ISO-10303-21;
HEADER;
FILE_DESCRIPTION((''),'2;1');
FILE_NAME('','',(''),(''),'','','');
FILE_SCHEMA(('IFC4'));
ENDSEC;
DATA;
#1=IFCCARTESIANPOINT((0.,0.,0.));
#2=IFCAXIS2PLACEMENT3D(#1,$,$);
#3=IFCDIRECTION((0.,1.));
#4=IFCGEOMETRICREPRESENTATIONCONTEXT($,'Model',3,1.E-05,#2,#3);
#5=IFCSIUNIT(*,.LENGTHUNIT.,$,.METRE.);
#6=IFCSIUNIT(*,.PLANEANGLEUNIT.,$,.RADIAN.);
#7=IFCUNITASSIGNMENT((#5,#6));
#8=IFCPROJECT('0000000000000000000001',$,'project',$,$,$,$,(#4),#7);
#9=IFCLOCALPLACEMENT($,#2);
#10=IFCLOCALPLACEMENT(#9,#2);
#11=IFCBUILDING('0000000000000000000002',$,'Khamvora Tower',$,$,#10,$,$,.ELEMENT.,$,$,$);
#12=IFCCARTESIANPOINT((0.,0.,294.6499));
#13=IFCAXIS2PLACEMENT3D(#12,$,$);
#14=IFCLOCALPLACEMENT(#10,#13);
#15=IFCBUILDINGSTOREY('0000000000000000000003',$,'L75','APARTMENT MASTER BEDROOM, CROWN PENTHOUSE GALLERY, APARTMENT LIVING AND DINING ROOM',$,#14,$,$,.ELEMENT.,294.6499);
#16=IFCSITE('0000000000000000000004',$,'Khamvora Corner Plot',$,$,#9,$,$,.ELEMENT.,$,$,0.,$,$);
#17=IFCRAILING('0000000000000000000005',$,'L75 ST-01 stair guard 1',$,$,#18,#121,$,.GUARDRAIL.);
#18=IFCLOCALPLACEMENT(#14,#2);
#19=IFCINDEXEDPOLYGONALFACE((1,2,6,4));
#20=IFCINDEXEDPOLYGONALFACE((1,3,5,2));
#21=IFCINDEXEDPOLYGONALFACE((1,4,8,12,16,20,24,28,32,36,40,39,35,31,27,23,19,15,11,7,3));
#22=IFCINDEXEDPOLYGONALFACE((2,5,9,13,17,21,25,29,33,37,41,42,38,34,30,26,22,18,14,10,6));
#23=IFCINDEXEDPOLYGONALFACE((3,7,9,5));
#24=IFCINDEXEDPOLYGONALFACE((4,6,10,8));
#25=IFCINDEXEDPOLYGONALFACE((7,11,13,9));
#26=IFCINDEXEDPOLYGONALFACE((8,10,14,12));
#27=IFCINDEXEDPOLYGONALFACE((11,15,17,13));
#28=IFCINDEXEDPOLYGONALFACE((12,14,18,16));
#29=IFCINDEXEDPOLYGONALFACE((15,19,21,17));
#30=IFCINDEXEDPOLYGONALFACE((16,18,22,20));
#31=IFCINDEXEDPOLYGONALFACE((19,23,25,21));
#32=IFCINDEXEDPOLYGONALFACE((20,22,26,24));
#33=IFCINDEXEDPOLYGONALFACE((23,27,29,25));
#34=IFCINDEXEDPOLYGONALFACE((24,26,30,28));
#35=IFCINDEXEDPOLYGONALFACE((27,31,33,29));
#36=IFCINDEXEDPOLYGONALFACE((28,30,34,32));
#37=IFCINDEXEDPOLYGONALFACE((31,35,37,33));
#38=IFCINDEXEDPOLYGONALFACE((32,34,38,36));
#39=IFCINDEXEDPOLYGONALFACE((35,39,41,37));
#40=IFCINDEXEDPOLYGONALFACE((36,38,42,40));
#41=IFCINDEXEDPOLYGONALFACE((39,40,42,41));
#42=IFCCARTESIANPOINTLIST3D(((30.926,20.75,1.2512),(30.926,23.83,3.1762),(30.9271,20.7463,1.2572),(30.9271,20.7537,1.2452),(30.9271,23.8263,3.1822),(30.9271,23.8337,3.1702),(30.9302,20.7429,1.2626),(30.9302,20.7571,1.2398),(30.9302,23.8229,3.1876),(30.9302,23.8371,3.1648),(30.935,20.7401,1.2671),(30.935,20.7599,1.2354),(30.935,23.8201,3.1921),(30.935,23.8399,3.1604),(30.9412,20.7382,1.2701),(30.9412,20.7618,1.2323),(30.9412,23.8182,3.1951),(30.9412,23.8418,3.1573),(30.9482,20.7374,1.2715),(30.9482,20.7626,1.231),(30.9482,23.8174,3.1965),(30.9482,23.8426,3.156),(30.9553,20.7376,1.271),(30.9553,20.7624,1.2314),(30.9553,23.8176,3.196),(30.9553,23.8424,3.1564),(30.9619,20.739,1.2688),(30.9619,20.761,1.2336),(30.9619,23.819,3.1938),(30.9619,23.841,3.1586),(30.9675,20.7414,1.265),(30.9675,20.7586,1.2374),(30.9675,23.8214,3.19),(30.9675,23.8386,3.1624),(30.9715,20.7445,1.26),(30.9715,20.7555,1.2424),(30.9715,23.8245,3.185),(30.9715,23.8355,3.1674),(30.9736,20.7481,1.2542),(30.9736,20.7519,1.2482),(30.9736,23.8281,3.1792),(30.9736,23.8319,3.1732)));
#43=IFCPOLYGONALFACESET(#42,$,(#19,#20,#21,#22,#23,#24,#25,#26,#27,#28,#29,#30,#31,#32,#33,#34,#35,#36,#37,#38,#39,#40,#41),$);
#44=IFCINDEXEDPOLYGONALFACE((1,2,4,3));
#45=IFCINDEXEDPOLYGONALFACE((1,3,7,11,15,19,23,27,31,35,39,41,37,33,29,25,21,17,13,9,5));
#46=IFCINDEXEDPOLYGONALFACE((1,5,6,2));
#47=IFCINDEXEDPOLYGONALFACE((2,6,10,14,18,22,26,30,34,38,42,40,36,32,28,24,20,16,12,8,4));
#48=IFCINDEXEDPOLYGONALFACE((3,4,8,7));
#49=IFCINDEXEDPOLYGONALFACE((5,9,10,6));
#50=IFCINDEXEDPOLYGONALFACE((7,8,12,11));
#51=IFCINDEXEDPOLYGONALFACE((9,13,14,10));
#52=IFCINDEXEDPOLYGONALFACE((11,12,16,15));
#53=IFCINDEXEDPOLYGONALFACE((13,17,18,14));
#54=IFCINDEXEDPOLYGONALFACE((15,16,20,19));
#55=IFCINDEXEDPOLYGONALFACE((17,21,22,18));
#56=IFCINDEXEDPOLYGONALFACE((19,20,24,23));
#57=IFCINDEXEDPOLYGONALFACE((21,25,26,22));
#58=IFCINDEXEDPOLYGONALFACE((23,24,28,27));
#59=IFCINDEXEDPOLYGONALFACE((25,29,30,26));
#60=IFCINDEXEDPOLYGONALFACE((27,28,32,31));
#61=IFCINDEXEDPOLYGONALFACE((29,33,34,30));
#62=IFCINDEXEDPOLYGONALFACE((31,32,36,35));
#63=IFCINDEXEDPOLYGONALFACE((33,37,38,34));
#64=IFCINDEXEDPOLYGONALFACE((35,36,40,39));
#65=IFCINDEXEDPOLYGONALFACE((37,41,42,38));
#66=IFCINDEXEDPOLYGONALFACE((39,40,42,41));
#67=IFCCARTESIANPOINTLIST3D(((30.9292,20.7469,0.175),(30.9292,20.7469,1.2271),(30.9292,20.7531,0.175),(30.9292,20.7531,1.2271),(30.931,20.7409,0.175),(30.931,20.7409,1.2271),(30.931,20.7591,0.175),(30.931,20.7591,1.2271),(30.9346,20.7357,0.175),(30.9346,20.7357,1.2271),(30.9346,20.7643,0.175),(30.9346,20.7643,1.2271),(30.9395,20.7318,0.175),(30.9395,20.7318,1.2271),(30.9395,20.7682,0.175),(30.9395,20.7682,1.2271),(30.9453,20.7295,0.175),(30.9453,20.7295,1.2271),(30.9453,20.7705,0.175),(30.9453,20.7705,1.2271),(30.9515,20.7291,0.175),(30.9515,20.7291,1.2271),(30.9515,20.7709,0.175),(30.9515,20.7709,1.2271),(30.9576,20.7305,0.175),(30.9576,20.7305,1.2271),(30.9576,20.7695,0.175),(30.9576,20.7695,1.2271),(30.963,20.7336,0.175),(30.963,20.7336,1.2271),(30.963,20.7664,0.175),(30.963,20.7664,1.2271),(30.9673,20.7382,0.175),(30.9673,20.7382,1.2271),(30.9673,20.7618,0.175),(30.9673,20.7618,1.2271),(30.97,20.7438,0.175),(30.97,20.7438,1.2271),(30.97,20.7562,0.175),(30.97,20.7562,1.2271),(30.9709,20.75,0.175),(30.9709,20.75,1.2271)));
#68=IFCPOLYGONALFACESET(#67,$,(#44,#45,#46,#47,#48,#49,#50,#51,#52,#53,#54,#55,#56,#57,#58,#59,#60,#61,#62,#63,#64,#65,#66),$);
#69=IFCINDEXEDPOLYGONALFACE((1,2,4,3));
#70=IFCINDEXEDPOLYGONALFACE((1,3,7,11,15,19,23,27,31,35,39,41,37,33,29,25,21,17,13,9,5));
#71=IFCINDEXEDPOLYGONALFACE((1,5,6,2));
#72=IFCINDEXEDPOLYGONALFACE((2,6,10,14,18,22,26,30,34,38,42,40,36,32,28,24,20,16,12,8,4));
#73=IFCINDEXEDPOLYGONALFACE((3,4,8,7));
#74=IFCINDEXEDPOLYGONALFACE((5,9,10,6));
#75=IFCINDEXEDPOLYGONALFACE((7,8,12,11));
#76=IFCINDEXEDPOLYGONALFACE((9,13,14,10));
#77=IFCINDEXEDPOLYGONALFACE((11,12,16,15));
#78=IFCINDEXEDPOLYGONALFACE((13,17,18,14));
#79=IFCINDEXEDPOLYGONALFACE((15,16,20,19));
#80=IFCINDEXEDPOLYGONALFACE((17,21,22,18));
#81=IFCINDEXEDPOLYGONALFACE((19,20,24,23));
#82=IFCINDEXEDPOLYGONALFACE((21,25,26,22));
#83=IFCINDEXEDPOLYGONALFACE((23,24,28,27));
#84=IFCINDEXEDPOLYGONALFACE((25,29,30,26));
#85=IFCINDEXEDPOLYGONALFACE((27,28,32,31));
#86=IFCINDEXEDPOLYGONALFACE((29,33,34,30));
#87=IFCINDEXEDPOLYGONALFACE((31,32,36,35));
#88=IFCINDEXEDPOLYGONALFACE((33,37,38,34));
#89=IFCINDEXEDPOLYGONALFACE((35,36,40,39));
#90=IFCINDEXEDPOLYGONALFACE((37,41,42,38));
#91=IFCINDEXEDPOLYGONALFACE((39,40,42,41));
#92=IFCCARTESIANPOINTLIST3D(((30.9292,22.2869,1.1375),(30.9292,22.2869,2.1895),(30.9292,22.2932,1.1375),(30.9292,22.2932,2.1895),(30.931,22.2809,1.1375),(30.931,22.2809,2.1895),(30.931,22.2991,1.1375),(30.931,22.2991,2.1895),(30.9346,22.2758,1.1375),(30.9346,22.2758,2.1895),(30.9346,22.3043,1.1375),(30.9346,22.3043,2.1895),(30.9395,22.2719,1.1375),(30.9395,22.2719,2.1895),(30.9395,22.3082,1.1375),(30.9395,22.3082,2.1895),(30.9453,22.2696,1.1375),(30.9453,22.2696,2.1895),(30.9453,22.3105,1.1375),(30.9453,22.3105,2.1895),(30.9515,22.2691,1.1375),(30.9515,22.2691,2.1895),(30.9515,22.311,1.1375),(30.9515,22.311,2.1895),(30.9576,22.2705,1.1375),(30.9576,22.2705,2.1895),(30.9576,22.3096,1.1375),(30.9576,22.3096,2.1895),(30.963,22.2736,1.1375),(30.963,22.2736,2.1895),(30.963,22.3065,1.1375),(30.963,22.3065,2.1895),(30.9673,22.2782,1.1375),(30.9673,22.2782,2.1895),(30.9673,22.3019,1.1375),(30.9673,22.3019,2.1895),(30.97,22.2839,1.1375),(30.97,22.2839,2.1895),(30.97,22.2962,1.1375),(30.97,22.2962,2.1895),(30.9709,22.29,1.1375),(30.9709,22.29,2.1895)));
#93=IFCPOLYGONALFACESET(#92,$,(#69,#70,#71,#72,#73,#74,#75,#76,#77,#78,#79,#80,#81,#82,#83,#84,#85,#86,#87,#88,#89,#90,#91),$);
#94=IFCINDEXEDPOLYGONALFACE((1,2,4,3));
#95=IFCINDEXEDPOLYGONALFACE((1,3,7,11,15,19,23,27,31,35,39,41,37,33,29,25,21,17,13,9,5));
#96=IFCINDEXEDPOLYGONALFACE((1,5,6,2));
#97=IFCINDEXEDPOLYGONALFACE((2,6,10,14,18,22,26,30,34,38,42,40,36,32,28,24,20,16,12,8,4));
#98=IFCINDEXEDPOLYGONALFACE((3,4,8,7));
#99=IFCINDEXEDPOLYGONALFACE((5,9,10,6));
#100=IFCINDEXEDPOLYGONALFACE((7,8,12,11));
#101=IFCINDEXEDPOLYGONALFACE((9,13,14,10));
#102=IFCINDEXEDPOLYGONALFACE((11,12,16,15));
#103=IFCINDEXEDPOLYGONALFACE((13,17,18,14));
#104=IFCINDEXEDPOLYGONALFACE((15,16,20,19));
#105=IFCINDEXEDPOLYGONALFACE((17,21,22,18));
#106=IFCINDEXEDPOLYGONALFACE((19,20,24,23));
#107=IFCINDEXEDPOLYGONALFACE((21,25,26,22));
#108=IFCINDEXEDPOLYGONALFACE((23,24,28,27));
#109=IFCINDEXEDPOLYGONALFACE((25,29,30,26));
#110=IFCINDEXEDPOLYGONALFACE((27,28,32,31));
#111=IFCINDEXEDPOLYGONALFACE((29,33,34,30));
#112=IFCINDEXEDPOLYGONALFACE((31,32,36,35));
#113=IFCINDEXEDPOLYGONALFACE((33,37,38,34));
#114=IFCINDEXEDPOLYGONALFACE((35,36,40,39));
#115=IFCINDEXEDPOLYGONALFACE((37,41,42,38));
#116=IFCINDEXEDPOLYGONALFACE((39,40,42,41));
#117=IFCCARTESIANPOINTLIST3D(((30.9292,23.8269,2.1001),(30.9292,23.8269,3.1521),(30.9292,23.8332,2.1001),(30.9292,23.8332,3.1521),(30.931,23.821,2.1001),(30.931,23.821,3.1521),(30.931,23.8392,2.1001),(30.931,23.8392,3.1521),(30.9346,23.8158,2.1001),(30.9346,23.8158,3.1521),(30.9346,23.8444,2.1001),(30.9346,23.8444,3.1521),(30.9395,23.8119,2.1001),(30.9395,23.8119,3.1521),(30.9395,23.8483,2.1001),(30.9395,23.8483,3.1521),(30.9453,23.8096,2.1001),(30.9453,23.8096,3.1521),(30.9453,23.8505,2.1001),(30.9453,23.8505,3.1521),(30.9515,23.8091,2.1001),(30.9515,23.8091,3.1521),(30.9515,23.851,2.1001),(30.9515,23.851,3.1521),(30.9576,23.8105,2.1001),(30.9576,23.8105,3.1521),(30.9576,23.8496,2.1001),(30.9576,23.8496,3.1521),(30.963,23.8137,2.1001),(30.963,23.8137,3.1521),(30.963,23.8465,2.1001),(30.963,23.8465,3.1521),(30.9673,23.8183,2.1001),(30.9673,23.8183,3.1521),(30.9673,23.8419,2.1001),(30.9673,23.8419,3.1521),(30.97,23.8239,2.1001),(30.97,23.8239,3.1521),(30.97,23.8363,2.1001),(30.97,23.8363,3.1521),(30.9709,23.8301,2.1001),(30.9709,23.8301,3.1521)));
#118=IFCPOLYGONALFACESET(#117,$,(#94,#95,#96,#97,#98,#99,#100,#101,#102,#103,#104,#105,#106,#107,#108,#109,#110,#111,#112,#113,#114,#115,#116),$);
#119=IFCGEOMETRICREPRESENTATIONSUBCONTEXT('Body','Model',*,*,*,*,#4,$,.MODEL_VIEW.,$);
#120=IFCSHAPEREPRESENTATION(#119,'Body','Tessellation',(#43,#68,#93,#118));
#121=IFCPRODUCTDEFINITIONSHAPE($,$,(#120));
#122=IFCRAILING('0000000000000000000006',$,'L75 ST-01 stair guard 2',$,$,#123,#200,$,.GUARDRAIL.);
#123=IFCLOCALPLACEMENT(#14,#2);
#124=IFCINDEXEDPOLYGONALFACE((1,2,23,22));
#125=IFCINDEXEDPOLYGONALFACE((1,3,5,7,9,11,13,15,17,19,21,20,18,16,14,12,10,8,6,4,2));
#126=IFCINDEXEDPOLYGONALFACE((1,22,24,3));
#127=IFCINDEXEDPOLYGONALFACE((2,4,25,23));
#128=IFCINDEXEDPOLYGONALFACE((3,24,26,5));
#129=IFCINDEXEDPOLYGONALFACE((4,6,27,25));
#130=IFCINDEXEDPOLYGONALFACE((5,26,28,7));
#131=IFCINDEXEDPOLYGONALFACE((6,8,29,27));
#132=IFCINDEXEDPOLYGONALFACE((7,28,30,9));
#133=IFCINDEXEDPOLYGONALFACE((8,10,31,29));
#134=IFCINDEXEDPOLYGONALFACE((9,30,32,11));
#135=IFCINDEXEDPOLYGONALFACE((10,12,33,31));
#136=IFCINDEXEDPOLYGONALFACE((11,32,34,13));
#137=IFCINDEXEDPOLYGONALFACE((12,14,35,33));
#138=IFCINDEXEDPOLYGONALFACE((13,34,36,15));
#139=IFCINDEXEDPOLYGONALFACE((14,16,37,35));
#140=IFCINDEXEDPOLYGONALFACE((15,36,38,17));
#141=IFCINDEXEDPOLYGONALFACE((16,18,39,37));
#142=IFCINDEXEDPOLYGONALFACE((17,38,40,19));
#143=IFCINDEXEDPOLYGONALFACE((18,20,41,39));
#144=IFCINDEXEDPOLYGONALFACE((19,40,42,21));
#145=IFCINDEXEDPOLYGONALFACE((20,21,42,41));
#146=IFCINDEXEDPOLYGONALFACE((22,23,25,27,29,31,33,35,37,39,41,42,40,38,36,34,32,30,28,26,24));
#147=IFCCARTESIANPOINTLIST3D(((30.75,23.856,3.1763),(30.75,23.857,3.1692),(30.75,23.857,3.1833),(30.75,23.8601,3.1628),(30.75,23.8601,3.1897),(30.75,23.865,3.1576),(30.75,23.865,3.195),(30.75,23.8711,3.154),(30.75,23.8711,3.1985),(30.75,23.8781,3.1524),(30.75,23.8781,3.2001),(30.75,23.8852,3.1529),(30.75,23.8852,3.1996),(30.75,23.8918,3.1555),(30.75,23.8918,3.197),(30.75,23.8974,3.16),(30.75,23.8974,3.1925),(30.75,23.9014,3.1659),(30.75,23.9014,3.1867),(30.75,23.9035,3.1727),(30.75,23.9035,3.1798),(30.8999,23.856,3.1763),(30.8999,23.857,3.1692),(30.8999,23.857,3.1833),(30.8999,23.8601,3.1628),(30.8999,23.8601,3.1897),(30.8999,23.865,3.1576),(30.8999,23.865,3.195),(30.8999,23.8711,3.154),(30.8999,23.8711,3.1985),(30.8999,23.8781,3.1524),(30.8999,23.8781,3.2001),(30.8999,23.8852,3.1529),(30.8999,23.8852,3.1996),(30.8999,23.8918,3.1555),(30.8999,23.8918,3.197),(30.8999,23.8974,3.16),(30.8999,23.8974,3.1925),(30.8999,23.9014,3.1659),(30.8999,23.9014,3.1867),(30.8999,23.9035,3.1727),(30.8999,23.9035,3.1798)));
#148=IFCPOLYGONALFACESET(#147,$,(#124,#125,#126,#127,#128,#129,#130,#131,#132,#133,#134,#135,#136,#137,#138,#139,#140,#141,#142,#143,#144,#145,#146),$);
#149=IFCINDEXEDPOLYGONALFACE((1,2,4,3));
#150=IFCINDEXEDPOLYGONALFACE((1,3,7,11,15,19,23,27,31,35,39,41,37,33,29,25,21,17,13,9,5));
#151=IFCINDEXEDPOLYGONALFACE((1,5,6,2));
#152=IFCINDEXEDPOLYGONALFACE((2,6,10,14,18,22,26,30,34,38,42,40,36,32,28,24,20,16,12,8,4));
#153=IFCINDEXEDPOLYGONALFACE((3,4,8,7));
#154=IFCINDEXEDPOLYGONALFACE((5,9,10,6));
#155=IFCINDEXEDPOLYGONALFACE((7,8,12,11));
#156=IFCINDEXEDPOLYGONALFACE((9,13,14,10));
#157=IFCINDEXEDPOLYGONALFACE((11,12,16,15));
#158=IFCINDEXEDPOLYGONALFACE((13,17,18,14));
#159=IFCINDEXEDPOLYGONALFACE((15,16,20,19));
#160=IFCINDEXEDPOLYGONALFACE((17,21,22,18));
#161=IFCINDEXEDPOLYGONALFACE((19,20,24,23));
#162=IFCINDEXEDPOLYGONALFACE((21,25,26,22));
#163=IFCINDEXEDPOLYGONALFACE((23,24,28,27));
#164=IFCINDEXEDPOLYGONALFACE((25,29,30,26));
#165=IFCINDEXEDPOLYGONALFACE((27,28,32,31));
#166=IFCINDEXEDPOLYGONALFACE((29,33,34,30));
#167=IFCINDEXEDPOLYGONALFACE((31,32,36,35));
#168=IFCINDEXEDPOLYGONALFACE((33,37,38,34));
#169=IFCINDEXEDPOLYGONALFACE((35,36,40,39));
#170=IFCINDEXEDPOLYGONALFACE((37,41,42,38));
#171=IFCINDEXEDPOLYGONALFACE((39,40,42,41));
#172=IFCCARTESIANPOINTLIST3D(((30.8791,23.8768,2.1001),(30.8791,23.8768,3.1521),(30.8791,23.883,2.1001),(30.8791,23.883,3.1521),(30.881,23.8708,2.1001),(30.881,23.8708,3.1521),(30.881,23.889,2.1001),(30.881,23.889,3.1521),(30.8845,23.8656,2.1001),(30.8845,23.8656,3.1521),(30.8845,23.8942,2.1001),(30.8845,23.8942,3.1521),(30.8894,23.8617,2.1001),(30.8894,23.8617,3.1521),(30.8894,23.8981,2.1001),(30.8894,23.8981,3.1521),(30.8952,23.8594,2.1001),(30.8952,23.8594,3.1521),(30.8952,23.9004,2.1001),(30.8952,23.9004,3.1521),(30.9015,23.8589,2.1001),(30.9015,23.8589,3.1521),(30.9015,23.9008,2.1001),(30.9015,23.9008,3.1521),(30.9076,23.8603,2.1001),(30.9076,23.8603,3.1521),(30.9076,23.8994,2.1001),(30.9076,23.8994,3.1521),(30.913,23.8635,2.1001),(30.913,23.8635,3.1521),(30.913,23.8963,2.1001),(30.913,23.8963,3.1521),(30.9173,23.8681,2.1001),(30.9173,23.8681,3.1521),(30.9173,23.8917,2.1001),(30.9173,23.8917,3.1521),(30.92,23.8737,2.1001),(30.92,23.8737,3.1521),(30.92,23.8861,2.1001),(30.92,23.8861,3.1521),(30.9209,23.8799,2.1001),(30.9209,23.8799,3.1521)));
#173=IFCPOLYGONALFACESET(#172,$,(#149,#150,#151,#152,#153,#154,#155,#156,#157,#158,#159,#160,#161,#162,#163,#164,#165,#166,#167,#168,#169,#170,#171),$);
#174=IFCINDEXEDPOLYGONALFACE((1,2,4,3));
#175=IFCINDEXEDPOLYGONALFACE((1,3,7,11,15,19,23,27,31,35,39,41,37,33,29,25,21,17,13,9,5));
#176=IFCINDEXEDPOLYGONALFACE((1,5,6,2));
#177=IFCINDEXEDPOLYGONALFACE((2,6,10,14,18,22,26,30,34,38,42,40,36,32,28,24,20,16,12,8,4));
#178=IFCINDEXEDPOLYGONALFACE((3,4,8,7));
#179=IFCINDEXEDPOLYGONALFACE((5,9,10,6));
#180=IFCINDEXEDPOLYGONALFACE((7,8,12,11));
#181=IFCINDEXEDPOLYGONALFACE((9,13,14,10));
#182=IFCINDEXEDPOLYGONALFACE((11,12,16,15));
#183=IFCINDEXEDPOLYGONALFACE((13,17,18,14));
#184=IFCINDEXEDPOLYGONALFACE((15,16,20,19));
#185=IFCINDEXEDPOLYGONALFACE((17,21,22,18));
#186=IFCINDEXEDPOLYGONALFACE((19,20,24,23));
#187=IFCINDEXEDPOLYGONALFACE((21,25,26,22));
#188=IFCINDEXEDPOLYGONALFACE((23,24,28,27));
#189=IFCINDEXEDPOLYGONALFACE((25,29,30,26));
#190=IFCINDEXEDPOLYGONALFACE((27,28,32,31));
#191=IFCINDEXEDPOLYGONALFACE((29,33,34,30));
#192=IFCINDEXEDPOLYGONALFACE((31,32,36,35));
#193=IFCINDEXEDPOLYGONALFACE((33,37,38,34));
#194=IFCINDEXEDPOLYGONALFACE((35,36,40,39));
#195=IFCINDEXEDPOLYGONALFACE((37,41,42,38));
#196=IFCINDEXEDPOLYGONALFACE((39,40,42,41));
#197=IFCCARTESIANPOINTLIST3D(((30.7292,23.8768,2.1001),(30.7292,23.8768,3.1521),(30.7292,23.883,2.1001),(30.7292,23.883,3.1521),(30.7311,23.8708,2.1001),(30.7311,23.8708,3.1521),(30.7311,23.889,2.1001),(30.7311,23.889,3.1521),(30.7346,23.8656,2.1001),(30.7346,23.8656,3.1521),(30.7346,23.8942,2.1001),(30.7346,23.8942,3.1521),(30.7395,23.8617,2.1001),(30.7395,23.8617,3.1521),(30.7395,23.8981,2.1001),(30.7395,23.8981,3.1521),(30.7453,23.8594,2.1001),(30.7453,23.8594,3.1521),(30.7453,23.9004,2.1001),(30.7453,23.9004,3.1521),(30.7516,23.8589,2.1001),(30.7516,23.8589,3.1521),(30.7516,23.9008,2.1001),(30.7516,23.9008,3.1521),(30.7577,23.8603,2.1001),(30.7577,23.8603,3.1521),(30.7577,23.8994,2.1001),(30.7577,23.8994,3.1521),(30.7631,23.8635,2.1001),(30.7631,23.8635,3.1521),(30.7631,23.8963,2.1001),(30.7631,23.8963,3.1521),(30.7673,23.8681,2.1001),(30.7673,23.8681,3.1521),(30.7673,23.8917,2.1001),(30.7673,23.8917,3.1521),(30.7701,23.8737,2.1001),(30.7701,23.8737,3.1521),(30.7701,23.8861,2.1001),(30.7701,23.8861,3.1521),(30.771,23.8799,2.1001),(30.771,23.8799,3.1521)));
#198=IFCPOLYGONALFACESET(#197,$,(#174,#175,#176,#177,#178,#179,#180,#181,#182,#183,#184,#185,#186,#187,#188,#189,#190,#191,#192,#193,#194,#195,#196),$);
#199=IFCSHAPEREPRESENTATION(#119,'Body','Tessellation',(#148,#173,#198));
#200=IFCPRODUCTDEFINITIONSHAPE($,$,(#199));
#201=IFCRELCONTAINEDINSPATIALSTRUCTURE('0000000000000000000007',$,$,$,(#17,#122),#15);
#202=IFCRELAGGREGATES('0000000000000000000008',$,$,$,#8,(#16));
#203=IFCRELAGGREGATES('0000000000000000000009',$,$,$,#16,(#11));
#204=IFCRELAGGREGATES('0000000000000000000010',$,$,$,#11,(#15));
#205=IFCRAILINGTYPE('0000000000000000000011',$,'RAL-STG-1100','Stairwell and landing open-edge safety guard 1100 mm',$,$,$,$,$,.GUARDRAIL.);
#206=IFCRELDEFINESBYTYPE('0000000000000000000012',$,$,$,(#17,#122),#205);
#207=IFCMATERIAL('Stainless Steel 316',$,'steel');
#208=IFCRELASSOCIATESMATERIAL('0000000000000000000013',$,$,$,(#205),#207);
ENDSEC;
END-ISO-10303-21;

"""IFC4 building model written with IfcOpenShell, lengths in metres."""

from ifc_helpers import new_model, si_unit, direction, frame, origin, origin_2d, place, context, subcontext, project, spatial, circle, extrude, material, type_object, element, save


model = new_model("IFC4")

# Units and contexts
model_context = context("Model", 3, precision=1e-05, world=origin(), true_north=direction((0.0, 1.0)))
body_context = subcontext(model_context, "Body", "Model", "MODEL_VIEW")
ifc_project = project(units=[si_unit("LENGTHUNIT", "METRE"), si_unit("PLANEANGLEUNIT", "RADIAN")], contexts=[model_context])

# Site, building, storey
site_placement = place(None, origin())
site = spatial("IfcSite", under=ifc_project, at=site_placement, Name="Khamvora Corner Plot", CompositionType="ELEMENT", RefElevation=0.0)
building_placement = place(site_placement, origin())
building = spatial("IfcBuilding", under=site, at=building_placement, Name="Khamvora Tower", CompositionType="ELEMENT")
storey_placement = place(building_placement, frame((0.0, 0.0, 294.6499)))
storey = spatial("IfcBuildingStorey", under=building, at=storey_placement, Name="L75", Description="APARTMENT MASTER BEDROOM, CROWN PENTHOUSE GALLERY, APARTMENT LIVING AND DINING ROOM", CompositionType="ELEMENT", Elevation=294.6499)

# Railings
ifc_material_1 = material(Name="Stainless Steel 316", Category="steel")
railing_type_1 = type_object("IfcRailingType", Name="RAL-STG-1100", Description="Stairwell and landing open-edge safety guard 1100 mm", PredefinedType="GUARDRAIL", material=ifc_material_1)
railing_1_placement = place(storey_placement, frame((30.95, 20.75, 0.175)))
element("IfcRailing", 1, at=railing_1_placement, inside=storey, type_object=railing_type_1, Name="L75 ST-01 stair guard 1", PredefinedType="GUARDRAIL", context=body_context, shape_type="SweptSolid", body=[
    extrude(circle(Radius=0.0239, at=origin_2d()), frame((0.0, 0.0, 1.0762), z_axis=(0.0, 0.847998, 0.529999), x_axis=(-1.0, 0.0, 0.0)), (0.0, 0.0, 1.0), 3.6321),
    extrude(circle(Radius=0.021, at=origin_2d()), origin(), (0.0, 0.0, 1.0), 1.052),
    extrude(circle(Radius=0.021, at=origin_2d()), frame((0.0, 1.54, 0.9624)), (0.0, 0.0, 1.0), 1.052),
    extrude(circle(Radius=0.021, at=origin_2d()), frame((0.0, 3.0801, 1.925)), (0.0, 0.0, 1.0), 1.052),
])
railing_2_placement = place(storey_placement, frame((30.8999, 23.8799, 2.1001)))
element("IfcRailing", 2, at=railing_2_placement, inside=storey, type_object=railing_type_1, Name="L75 ST-01 stair guard 2", PredefinedType="GUARDRAIL", context=body_context, shape_type="SweptSolid", body=[
    extrude(circle(Radius=0.0239, at=origin_2d()), frame((0.0, 0.0, 1.0762), z_axis=(-1.0, 0.0, 0.0), x_axis=(0.0, -1.0, 0.0)), (0.0, 0.0, 1.0), 0.1499),
    extrude(circle(Radius=0.021, at=origin_2d()), origin(), (0.0, 0.0, 1.0), 1.052),
    extrude(circle(Radius=0.021, at=origin_2d()), frame((-0.1499, 0.0, 0.0)), (0.0, 0.0, 1.0), 1.052),
])

save(model, "model.ifc")
